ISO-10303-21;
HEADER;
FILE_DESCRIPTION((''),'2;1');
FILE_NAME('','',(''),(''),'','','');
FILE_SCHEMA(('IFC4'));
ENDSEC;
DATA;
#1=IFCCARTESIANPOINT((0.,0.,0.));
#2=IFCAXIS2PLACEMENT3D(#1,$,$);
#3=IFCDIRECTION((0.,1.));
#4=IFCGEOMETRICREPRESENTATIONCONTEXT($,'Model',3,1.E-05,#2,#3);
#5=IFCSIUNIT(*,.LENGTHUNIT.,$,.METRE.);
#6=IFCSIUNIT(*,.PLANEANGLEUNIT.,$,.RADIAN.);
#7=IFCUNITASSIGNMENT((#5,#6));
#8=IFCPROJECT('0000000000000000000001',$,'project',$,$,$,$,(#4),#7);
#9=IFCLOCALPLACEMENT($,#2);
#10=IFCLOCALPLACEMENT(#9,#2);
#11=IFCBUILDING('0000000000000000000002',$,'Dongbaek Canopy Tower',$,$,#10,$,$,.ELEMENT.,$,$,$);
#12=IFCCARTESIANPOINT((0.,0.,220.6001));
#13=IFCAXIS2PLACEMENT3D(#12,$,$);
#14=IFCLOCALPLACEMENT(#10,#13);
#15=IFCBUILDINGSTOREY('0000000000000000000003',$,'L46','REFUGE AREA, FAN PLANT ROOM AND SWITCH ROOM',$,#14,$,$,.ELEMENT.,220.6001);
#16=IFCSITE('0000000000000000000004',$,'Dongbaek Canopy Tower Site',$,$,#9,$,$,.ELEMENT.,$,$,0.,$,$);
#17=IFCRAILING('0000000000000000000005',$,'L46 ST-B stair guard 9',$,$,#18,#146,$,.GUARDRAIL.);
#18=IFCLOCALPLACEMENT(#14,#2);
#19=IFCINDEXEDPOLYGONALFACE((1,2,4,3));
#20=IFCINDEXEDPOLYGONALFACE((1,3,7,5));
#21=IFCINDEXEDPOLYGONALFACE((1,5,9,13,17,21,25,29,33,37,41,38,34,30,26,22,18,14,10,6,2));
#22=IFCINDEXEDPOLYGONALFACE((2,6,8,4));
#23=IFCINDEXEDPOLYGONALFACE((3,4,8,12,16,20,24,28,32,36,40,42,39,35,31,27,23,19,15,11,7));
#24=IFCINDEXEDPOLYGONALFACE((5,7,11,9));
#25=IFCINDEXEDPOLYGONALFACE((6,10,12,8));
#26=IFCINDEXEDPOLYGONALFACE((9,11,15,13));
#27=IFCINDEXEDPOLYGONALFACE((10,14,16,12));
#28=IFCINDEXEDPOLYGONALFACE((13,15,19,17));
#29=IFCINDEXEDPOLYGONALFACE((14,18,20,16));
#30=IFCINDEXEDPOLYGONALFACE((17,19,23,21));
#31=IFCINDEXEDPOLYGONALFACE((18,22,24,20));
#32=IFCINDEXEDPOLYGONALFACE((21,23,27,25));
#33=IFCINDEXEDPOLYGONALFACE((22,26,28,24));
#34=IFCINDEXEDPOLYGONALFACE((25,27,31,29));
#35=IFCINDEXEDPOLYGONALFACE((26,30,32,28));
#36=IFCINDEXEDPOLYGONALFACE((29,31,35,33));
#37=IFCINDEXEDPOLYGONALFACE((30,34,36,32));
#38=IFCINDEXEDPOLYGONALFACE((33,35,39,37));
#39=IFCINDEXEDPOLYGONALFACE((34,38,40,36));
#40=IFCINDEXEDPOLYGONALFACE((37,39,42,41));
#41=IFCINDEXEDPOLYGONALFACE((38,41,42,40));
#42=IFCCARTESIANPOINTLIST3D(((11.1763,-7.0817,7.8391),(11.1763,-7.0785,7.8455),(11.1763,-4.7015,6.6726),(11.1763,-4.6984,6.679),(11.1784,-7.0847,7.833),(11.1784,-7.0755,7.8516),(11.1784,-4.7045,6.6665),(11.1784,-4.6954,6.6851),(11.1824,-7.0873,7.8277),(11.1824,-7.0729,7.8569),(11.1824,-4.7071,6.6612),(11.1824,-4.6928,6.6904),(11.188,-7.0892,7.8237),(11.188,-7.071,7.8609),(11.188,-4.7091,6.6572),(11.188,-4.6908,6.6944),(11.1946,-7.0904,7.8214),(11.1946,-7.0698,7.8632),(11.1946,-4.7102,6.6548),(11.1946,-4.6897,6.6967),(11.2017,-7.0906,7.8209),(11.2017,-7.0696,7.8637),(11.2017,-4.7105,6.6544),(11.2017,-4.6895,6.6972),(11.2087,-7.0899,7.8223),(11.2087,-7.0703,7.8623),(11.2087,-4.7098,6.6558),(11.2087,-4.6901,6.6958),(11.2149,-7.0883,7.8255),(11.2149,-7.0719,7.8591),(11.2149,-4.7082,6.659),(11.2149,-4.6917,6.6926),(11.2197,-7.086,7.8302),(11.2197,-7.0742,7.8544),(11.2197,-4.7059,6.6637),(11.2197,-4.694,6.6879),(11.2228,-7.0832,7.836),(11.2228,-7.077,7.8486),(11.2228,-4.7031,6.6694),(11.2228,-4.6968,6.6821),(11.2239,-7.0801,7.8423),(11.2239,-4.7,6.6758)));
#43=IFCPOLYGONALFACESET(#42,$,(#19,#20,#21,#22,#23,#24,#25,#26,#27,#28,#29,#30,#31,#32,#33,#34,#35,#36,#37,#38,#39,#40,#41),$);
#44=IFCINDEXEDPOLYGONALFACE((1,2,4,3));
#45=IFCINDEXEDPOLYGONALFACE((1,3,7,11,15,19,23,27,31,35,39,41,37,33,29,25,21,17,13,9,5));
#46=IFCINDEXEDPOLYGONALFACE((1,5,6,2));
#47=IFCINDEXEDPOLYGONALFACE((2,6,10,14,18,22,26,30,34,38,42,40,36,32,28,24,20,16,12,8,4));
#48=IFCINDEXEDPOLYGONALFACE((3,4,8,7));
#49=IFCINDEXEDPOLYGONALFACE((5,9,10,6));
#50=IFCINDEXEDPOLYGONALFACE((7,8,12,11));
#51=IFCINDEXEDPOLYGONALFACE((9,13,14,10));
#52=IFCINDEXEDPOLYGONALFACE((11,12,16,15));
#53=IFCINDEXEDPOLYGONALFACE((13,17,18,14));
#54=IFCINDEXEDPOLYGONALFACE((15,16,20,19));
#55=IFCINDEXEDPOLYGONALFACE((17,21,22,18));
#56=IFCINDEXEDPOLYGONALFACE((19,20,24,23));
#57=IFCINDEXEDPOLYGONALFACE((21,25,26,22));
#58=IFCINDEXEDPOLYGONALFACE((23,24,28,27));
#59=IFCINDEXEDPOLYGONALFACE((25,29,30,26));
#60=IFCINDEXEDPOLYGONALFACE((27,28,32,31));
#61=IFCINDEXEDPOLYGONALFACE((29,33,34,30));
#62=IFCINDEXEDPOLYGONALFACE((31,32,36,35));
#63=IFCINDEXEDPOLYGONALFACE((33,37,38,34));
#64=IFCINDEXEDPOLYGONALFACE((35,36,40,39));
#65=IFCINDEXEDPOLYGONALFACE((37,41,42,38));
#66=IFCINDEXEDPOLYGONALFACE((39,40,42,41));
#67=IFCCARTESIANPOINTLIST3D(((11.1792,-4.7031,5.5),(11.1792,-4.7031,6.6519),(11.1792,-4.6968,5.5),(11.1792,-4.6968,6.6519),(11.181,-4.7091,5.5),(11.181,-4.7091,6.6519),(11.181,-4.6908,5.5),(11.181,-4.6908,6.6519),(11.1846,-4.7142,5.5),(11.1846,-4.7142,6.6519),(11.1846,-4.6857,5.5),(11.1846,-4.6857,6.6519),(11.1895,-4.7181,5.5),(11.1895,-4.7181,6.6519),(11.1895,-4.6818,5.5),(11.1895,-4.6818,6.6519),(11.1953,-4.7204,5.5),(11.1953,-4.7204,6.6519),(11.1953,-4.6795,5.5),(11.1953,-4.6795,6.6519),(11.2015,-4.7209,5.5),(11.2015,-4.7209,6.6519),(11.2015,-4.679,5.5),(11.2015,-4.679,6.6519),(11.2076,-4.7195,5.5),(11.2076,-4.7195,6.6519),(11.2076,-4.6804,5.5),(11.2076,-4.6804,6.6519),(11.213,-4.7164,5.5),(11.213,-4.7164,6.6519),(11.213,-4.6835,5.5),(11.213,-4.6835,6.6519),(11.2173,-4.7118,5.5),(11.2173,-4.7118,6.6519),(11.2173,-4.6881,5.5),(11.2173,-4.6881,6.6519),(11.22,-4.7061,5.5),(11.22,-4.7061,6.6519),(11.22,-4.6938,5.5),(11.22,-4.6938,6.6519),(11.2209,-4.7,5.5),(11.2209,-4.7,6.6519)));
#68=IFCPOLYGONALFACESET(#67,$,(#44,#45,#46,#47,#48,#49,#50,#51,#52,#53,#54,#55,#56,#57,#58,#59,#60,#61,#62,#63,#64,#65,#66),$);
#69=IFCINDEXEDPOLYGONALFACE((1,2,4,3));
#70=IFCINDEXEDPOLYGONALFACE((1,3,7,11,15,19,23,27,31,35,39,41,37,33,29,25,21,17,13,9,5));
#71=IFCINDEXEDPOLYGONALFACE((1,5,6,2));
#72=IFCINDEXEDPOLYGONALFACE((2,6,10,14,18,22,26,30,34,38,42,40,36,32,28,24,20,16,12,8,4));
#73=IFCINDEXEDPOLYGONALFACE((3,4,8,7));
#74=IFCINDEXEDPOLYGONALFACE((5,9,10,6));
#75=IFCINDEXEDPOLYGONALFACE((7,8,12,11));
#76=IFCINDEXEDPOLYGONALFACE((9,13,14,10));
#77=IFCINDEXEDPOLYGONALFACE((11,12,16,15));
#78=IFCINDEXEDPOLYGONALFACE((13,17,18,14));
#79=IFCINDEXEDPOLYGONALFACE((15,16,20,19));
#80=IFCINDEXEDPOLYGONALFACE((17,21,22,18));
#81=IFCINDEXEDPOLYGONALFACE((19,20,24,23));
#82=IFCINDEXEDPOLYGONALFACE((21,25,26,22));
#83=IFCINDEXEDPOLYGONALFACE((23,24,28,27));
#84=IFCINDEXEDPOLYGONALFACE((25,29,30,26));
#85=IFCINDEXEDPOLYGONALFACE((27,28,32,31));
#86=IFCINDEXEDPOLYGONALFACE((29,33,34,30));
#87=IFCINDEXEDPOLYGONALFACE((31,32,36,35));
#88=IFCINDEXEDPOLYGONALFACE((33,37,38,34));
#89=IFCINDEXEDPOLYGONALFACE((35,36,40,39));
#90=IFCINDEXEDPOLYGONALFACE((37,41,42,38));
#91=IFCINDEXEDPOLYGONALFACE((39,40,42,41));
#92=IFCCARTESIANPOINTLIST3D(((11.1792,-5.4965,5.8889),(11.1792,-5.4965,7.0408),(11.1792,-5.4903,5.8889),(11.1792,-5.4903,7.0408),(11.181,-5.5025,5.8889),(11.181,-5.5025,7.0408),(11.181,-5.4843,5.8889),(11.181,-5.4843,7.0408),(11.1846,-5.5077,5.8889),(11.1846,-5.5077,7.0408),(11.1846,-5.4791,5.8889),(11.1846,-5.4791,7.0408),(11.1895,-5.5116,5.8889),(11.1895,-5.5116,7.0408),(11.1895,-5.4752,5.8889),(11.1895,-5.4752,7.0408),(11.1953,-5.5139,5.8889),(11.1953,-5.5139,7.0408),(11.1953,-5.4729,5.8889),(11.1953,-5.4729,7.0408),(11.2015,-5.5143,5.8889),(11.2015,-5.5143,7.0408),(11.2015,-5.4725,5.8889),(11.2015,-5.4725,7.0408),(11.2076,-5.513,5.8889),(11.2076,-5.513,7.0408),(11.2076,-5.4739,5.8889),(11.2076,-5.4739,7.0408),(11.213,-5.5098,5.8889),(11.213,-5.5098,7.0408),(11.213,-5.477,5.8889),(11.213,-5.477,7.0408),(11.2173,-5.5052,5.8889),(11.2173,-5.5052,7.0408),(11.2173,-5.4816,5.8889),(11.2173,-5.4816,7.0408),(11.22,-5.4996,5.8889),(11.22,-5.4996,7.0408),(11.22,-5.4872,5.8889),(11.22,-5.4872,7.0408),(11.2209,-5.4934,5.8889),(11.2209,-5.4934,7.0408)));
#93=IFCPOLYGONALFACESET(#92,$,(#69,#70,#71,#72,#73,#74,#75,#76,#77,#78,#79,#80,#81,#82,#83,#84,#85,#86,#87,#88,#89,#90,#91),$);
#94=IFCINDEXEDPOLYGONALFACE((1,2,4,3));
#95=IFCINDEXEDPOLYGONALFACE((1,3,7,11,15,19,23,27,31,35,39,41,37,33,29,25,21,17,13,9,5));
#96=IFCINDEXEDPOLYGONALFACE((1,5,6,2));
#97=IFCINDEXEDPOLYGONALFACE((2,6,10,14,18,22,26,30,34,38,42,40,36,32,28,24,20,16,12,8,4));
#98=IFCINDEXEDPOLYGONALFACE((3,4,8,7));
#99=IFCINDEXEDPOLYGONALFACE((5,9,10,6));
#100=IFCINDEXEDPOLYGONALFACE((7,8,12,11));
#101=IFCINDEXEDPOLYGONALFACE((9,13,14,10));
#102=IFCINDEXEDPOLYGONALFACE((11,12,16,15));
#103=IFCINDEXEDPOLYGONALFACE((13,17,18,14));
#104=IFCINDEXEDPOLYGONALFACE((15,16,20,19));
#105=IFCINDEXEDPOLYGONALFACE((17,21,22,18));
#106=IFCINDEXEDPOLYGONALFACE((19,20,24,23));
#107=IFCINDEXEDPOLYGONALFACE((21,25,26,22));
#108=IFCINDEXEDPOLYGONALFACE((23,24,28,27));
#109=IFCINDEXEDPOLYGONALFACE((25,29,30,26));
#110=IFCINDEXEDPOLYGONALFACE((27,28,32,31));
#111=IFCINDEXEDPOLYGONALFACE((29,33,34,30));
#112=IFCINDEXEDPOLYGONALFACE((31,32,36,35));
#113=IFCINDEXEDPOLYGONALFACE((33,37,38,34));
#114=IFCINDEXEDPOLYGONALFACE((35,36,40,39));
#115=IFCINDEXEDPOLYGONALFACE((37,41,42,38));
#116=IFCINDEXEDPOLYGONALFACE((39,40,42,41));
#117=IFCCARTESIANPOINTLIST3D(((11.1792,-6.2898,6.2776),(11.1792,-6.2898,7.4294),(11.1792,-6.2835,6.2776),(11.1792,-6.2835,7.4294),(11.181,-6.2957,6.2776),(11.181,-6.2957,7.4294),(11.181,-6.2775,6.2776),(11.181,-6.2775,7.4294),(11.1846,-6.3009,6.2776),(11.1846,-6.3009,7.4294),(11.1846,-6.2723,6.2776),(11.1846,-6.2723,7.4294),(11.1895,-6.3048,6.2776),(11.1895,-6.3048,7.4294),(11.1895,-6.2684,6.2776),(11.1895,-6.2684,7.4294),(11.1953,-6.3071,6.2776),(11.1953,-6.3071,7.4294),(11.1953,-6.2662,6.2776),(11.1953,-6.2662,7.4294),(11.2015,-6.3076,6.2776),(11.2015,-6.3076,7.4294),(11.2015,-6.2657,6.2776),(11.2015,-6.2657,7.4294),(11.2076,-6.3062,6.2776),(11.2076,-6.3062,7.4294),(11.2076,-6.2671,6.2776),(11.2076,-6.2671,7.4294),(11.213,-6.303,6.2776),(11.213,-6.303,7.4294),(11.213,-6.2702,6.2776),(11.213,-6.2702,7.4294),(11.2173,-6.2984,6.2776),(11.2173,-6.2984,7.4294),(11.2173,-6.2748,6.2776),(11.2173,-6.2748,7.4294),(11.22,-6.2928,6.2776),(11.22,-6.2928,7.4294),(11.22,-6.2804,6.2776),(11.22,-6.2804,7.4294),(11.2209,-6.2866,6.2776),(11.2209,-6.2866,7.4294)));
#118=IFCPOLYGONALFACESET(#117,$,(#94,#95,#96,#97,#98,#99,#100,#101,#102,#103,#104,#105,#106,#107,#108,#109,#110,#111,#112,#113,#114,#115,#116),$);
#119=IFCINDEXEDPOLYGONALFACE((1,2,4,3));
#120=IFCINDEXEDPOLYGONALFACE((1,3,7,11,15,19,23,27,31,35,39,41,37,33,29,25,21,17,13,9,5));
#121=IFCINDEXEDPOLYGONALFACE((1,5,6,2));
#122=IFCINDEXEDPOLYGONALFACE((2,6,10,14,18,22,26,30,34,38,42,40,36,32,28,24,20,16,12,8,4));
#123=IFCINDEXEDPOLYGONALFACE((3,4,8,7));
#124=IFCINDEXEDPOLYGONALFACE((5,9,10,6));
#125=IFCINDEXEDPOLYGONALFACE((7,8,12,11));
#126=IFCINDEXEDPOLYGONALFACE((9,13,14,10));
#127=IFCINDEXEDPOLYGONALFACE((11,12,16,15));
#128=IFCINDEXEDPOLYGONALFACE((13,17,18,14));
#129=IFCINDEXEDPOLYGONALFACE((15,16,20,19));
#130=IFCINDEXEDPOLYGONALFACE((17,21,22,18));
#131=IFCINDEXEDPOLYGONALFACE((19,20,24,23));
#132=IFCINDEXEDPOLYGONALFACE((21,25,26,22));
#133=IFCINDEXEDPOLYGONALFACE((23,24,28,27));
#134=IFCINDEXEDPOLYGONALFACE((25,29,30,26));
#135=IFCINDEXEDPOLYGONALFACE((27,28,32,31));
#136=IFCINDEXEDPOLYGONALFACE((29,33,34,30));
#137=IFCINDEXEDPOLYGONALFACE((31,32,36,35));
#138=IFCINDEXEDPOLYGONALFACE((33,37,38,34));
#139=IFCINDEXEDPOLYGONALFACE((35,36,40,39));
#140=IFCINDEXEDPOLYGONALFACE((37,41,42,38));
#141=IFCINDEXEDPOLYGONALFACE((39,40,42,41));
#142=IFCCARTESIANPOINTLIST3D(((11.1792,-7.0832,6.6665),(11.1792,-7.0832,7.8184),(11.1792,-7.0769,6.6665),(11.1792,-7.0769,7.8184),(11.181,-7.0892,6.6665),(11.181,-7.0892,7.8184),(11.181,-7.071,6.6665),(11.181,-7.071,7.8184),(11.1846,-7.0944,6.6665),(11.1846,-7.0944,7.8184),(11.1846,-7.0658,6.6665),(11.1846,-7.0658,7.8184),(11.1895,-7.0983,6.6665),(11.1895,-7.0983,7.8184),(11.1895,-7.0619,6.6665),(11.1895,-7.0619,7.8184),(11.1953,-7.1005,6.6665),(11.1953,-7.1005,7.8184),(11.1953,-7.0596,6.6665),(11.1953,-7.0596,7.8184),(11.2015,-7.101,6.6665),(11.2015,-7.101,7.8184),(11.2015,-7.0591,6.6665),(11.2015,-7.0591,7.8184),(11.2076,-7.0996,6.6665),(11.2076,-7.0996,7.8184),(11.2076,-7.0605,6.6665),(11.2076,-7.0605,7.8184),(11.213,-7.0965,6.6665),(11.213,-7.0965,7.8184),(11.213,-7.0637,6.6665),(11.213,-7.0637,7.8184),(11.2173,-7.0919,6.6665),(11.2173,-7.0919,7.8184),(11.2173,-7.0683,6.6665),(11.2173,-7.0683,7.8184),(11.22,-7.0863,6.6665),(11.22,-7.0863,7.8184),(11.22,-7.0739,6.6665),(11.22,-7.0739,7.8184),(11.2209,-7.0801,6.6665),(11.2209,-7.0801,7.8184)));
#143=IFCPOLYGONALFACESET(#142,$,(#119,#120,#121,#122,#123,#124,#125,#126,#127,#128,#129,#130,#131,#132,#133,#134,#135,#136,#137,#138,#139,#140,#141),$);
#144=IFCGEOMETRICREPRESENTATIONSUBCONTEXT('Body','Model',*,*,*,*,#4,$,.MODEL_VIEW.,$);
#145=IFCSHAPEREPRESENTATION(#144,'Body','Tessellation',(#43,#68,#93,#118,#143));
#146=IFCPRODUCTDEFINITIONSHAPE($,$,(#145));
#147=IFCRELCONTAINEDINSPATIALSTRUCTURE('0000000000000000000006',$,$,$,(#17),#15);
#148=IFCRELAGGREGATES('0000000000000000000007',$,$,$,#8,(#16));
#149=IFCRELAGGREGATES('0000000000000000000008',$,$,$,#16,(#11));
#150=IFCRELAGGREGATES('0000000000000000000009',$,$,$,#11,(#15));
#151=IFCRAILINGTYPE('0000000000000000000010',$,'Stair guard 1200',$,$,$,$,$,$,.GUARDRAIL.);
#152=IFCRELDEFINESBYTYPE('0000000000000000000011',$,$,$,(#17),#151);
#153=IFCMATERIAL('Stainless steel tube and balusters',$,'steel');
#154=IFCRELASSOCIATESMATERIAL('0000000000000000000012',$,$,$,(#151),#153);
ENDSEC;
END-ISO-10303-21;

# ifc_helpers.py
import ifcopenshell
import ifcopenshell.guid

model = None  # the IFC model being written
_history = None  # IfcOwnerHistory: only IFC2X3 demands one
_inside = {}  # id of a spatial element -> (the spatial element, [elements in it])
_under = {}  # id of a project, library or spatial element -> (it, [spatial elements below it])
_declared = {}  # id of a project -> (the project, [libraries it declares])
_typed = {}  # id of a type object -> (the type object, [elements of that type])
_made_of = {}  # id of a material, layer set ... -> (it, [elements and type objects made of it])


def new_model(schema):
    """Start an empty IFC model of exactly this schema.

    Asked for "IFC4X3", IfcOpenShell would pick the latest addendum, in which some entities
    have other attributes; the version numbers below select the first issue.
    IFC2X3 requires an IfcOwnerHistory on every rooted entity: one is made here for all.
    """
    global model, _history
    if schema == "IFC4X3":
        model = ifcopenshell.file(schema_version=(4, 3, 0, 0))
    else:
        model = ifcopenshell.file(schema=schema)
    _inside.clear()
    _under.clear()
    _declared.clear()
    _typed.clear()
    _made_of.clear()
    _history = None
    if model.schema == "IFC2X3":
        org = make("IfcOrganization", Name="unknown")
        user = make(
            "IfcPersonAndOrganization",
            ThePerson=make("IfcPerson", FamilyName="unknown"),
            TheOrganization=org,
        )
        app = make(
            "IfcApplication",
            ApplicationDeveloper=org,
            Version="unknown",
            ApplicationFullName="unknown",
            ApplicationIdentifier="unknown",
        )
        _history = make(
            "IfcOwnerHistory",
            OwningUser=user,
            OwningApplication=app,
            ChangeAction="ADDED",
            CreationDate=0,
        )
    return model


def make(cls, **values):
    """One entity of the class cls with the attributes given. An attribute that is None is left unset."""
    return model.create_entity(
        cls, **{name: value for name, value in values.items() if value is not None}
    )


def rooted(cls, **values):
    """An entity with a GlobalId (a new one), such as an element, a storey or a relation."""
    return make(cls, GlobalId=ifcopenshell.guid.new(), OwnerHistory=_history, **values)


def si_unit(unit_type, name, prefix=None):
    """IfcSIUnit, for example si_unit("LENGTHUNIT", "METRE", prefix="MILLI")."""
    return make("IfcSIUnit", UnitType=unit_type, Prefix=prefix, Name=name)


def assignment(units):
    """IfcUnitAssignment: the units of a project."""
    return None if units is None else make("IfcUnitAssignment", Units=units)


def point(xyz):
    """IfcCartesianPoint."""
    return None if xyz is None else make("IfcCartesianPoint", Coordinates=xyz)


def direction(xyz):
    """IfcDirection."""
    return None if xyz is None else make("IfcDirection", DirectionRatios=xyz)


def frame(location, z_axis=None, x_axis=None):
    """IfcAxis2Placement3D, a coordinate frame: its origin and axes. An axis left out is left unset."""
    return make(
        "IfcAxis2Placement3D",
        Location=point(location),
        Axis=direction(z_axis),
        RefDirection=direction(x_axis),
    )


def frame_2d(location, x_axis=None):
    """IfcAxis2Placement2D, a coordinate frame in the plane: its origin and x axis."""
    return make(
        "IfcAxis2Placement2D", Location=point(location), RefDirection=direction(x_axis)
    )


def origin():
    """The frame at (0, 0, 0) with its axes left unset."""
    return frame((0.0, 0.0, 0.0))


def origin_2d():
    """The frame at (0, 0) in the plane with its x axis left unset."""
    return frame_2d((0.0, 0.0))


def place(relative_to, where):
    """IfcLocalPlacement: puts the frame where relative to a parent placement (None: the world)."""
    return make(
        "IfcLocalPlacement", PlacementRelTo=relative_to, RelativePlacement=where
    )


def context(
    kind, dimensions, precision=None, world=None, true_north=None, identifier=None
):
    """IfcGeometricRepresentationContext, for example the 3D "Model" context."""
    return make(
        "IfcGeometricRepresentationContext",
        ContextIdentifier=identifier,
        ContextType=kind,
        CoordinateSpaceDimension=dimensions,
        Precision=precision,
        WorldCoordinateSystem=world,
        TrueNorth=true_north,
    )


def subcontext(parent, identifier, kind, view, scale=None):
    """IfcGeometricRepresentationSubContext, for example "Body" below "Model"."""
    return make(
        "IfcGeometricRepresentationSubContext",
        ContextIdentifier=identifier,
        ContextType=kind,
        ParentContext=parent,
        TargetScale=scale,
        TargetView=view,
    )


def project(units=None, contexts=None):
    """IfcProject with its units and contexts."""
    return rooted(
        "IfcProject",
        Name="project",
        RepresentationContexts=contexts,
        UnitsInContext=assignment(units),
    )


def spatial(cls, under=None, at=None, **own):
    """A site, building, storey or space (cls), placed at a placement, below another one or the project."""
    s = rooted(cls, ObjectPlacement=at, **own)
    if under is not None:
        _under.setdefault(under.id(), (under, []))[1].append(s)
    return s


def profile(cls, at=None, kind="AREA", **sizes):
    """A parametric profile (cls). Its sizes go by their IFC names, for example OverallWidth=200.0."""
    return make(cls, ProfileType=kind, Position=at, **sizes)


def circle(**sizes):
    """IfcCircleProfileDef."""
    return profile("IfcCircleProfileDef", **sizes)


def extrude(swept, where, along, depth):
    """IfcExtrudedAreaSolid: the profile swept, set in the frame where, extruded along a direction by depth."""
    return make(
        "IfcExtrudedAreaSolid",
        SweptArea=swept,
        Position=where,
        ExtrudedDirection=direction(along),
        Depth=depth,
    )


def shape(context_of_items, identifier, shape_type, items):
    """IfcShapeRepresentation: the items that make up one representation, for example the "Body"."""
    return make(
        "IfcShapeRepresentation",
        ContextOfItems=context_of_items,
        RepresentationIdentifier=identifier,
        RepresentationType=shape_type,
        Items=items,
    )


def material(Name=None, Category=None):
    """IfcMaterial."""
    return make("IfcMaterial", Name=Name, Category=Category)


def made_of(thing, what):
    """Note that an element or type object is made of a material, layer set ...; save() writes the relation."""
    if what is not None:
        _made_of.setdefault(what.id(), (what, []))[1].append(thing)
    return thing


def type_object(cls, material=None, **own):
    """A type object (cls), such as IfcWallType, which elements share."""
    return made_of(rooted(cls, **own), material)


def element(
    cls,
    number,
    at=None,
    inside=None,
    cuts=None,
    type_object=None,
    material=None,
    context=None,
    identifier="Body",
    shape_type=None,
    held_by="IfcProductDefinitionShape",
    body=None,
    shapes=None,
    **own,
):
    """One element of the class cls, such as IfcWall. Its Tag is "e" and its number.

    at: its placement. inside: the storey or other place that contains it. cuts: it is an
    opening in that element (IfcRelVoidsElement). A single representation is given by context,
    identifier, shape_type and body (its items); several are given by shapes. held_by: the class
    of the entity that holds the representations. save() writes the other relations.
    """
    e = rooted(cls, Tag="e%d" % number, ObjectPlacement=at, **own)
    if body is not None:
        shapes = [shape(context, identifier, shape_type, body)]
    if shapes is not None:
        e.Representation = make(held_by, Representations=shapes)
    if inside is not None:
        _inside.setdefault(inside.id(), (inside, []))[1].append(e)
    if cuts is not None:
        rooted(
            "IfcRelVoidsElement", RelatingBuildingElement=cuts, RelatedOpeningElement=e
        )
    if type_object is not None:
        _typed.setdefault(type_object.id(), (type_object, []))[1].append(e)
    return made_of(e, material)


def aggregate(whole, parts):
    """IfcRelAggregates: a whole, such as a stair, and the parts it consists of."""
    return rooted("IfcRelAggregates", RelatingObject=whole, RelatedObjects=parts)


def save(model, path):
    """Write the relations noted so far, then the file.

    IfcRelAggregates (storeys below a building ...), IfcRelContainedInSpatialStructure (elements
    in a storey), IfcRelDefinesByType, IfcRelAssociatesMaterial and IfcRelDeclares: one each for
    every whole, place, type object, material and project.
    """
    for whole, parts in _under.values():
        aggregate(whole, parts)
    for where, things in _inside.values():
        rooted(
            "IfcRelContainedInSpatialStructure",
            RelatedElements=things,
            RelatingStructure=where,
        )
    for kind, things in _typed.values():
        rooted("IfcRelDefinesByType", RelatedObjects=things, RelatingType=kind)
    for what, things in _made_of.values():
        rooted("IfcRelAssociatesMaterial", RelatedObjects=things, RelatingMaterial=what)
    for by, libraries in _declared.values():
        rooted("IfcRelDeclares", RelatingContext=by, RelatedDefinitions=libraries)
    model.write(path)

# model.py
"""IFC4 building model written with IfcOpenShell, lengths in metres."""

from ifc_helpers import new_model, si_unit, direction, frame, origin, origin_2d, place, context, subcontext, project, spatial, circle, extrude, material, type_object, element, save


model = new_model("IFC4")

# Units and contexts
model_context = context("Model", 3, precision=1e-05, world=origin(), true_north=direction((0.0, 1.0)))
body_context = subcontext(model_context, "Body", "Model", "MODEL_VIEW")
ifc_project = project(units=[si_unit("LENGTHUNIT", "METRE"), si_unit("PLANEANGLEUNIT", "RADIAN")], contexts=[model_context])

# Site, building, storey
site_placement = place(None, origin())
site = spatial("IfcSite", under=ifc_project, at=site_placement, Name="Dongbaek Canopy Tower Site", CompositionType="ELEMENT", RefElevation=0.0)
building_placement = place(site_placement, origin())
building = spatial("IfcBuilding", under=site, at=building_placement, Name="Dongbaek Canopy Tower", CompositionType="ELEMENT")
storey_placement = place(building_placement, frame((0.0, 0.0, 220.6001)))
storey = spatial("IfcBuildingStorey", under=building, at=storey_placement, Name="L46", Description="REFUGE AREA, FAN PLANT ROOM AND SWITCH ROOM", CompositionType="ELEMENT", Elevation=220.6001)

# Railing
ifc_material_1 = material(Name="Stainless steel tube and balusters", Category="steel")
railing_type_1 = type_object("IfcRailingType", Name="Stair guard 1200", PredefinedType="GUARDRAIL", material=ifc_material_1)
railing_1_placement = place(storey_placement, frame((11.2, -4.7, 5.5)))
element("IfcRailing", 1, at=railing_1_placement, inside=storey, type_object=railing_type_1, Name="L46 ST-B stair guard 9", PredefinedType="GUARDRAIL", context=body_context, shape_type="SweptSolid", body=[
    extrude(circle(Radius=0.0239, at=origin_2d()), frame((0.0, 0.0, 1.1758), z_axis=(0.0, -0.897954, 0.440089), x_axis=(1.0, 0.0, 0.0)), (0.0, 0.0, 1.0), 2.6506),
    extrude(circle(Radius=0.021, at=origin_2d()), origin(), (0.0, 0.0, 1.0), 1.1519),
    extrude(circle(Radius=0.021, at=origin_2d()), frame((0.0, -0.7935, 0.3889)), (0.0, 0.0, 1.0), 1.1519),
    extrude(circle(Radius=0.021, at=origin_2d()), frame((0.0, -1.5867, 0.7776)), (0.0, 0.0, 1.0), 1.1519),
    extrude(circle(Radius=0.021, at=origin_2d()), frame((0.0, -2.3801, 1.1665)), (0.0, 0.0, 1.0), 1.1519),
])

save(model, "model.ifc")
